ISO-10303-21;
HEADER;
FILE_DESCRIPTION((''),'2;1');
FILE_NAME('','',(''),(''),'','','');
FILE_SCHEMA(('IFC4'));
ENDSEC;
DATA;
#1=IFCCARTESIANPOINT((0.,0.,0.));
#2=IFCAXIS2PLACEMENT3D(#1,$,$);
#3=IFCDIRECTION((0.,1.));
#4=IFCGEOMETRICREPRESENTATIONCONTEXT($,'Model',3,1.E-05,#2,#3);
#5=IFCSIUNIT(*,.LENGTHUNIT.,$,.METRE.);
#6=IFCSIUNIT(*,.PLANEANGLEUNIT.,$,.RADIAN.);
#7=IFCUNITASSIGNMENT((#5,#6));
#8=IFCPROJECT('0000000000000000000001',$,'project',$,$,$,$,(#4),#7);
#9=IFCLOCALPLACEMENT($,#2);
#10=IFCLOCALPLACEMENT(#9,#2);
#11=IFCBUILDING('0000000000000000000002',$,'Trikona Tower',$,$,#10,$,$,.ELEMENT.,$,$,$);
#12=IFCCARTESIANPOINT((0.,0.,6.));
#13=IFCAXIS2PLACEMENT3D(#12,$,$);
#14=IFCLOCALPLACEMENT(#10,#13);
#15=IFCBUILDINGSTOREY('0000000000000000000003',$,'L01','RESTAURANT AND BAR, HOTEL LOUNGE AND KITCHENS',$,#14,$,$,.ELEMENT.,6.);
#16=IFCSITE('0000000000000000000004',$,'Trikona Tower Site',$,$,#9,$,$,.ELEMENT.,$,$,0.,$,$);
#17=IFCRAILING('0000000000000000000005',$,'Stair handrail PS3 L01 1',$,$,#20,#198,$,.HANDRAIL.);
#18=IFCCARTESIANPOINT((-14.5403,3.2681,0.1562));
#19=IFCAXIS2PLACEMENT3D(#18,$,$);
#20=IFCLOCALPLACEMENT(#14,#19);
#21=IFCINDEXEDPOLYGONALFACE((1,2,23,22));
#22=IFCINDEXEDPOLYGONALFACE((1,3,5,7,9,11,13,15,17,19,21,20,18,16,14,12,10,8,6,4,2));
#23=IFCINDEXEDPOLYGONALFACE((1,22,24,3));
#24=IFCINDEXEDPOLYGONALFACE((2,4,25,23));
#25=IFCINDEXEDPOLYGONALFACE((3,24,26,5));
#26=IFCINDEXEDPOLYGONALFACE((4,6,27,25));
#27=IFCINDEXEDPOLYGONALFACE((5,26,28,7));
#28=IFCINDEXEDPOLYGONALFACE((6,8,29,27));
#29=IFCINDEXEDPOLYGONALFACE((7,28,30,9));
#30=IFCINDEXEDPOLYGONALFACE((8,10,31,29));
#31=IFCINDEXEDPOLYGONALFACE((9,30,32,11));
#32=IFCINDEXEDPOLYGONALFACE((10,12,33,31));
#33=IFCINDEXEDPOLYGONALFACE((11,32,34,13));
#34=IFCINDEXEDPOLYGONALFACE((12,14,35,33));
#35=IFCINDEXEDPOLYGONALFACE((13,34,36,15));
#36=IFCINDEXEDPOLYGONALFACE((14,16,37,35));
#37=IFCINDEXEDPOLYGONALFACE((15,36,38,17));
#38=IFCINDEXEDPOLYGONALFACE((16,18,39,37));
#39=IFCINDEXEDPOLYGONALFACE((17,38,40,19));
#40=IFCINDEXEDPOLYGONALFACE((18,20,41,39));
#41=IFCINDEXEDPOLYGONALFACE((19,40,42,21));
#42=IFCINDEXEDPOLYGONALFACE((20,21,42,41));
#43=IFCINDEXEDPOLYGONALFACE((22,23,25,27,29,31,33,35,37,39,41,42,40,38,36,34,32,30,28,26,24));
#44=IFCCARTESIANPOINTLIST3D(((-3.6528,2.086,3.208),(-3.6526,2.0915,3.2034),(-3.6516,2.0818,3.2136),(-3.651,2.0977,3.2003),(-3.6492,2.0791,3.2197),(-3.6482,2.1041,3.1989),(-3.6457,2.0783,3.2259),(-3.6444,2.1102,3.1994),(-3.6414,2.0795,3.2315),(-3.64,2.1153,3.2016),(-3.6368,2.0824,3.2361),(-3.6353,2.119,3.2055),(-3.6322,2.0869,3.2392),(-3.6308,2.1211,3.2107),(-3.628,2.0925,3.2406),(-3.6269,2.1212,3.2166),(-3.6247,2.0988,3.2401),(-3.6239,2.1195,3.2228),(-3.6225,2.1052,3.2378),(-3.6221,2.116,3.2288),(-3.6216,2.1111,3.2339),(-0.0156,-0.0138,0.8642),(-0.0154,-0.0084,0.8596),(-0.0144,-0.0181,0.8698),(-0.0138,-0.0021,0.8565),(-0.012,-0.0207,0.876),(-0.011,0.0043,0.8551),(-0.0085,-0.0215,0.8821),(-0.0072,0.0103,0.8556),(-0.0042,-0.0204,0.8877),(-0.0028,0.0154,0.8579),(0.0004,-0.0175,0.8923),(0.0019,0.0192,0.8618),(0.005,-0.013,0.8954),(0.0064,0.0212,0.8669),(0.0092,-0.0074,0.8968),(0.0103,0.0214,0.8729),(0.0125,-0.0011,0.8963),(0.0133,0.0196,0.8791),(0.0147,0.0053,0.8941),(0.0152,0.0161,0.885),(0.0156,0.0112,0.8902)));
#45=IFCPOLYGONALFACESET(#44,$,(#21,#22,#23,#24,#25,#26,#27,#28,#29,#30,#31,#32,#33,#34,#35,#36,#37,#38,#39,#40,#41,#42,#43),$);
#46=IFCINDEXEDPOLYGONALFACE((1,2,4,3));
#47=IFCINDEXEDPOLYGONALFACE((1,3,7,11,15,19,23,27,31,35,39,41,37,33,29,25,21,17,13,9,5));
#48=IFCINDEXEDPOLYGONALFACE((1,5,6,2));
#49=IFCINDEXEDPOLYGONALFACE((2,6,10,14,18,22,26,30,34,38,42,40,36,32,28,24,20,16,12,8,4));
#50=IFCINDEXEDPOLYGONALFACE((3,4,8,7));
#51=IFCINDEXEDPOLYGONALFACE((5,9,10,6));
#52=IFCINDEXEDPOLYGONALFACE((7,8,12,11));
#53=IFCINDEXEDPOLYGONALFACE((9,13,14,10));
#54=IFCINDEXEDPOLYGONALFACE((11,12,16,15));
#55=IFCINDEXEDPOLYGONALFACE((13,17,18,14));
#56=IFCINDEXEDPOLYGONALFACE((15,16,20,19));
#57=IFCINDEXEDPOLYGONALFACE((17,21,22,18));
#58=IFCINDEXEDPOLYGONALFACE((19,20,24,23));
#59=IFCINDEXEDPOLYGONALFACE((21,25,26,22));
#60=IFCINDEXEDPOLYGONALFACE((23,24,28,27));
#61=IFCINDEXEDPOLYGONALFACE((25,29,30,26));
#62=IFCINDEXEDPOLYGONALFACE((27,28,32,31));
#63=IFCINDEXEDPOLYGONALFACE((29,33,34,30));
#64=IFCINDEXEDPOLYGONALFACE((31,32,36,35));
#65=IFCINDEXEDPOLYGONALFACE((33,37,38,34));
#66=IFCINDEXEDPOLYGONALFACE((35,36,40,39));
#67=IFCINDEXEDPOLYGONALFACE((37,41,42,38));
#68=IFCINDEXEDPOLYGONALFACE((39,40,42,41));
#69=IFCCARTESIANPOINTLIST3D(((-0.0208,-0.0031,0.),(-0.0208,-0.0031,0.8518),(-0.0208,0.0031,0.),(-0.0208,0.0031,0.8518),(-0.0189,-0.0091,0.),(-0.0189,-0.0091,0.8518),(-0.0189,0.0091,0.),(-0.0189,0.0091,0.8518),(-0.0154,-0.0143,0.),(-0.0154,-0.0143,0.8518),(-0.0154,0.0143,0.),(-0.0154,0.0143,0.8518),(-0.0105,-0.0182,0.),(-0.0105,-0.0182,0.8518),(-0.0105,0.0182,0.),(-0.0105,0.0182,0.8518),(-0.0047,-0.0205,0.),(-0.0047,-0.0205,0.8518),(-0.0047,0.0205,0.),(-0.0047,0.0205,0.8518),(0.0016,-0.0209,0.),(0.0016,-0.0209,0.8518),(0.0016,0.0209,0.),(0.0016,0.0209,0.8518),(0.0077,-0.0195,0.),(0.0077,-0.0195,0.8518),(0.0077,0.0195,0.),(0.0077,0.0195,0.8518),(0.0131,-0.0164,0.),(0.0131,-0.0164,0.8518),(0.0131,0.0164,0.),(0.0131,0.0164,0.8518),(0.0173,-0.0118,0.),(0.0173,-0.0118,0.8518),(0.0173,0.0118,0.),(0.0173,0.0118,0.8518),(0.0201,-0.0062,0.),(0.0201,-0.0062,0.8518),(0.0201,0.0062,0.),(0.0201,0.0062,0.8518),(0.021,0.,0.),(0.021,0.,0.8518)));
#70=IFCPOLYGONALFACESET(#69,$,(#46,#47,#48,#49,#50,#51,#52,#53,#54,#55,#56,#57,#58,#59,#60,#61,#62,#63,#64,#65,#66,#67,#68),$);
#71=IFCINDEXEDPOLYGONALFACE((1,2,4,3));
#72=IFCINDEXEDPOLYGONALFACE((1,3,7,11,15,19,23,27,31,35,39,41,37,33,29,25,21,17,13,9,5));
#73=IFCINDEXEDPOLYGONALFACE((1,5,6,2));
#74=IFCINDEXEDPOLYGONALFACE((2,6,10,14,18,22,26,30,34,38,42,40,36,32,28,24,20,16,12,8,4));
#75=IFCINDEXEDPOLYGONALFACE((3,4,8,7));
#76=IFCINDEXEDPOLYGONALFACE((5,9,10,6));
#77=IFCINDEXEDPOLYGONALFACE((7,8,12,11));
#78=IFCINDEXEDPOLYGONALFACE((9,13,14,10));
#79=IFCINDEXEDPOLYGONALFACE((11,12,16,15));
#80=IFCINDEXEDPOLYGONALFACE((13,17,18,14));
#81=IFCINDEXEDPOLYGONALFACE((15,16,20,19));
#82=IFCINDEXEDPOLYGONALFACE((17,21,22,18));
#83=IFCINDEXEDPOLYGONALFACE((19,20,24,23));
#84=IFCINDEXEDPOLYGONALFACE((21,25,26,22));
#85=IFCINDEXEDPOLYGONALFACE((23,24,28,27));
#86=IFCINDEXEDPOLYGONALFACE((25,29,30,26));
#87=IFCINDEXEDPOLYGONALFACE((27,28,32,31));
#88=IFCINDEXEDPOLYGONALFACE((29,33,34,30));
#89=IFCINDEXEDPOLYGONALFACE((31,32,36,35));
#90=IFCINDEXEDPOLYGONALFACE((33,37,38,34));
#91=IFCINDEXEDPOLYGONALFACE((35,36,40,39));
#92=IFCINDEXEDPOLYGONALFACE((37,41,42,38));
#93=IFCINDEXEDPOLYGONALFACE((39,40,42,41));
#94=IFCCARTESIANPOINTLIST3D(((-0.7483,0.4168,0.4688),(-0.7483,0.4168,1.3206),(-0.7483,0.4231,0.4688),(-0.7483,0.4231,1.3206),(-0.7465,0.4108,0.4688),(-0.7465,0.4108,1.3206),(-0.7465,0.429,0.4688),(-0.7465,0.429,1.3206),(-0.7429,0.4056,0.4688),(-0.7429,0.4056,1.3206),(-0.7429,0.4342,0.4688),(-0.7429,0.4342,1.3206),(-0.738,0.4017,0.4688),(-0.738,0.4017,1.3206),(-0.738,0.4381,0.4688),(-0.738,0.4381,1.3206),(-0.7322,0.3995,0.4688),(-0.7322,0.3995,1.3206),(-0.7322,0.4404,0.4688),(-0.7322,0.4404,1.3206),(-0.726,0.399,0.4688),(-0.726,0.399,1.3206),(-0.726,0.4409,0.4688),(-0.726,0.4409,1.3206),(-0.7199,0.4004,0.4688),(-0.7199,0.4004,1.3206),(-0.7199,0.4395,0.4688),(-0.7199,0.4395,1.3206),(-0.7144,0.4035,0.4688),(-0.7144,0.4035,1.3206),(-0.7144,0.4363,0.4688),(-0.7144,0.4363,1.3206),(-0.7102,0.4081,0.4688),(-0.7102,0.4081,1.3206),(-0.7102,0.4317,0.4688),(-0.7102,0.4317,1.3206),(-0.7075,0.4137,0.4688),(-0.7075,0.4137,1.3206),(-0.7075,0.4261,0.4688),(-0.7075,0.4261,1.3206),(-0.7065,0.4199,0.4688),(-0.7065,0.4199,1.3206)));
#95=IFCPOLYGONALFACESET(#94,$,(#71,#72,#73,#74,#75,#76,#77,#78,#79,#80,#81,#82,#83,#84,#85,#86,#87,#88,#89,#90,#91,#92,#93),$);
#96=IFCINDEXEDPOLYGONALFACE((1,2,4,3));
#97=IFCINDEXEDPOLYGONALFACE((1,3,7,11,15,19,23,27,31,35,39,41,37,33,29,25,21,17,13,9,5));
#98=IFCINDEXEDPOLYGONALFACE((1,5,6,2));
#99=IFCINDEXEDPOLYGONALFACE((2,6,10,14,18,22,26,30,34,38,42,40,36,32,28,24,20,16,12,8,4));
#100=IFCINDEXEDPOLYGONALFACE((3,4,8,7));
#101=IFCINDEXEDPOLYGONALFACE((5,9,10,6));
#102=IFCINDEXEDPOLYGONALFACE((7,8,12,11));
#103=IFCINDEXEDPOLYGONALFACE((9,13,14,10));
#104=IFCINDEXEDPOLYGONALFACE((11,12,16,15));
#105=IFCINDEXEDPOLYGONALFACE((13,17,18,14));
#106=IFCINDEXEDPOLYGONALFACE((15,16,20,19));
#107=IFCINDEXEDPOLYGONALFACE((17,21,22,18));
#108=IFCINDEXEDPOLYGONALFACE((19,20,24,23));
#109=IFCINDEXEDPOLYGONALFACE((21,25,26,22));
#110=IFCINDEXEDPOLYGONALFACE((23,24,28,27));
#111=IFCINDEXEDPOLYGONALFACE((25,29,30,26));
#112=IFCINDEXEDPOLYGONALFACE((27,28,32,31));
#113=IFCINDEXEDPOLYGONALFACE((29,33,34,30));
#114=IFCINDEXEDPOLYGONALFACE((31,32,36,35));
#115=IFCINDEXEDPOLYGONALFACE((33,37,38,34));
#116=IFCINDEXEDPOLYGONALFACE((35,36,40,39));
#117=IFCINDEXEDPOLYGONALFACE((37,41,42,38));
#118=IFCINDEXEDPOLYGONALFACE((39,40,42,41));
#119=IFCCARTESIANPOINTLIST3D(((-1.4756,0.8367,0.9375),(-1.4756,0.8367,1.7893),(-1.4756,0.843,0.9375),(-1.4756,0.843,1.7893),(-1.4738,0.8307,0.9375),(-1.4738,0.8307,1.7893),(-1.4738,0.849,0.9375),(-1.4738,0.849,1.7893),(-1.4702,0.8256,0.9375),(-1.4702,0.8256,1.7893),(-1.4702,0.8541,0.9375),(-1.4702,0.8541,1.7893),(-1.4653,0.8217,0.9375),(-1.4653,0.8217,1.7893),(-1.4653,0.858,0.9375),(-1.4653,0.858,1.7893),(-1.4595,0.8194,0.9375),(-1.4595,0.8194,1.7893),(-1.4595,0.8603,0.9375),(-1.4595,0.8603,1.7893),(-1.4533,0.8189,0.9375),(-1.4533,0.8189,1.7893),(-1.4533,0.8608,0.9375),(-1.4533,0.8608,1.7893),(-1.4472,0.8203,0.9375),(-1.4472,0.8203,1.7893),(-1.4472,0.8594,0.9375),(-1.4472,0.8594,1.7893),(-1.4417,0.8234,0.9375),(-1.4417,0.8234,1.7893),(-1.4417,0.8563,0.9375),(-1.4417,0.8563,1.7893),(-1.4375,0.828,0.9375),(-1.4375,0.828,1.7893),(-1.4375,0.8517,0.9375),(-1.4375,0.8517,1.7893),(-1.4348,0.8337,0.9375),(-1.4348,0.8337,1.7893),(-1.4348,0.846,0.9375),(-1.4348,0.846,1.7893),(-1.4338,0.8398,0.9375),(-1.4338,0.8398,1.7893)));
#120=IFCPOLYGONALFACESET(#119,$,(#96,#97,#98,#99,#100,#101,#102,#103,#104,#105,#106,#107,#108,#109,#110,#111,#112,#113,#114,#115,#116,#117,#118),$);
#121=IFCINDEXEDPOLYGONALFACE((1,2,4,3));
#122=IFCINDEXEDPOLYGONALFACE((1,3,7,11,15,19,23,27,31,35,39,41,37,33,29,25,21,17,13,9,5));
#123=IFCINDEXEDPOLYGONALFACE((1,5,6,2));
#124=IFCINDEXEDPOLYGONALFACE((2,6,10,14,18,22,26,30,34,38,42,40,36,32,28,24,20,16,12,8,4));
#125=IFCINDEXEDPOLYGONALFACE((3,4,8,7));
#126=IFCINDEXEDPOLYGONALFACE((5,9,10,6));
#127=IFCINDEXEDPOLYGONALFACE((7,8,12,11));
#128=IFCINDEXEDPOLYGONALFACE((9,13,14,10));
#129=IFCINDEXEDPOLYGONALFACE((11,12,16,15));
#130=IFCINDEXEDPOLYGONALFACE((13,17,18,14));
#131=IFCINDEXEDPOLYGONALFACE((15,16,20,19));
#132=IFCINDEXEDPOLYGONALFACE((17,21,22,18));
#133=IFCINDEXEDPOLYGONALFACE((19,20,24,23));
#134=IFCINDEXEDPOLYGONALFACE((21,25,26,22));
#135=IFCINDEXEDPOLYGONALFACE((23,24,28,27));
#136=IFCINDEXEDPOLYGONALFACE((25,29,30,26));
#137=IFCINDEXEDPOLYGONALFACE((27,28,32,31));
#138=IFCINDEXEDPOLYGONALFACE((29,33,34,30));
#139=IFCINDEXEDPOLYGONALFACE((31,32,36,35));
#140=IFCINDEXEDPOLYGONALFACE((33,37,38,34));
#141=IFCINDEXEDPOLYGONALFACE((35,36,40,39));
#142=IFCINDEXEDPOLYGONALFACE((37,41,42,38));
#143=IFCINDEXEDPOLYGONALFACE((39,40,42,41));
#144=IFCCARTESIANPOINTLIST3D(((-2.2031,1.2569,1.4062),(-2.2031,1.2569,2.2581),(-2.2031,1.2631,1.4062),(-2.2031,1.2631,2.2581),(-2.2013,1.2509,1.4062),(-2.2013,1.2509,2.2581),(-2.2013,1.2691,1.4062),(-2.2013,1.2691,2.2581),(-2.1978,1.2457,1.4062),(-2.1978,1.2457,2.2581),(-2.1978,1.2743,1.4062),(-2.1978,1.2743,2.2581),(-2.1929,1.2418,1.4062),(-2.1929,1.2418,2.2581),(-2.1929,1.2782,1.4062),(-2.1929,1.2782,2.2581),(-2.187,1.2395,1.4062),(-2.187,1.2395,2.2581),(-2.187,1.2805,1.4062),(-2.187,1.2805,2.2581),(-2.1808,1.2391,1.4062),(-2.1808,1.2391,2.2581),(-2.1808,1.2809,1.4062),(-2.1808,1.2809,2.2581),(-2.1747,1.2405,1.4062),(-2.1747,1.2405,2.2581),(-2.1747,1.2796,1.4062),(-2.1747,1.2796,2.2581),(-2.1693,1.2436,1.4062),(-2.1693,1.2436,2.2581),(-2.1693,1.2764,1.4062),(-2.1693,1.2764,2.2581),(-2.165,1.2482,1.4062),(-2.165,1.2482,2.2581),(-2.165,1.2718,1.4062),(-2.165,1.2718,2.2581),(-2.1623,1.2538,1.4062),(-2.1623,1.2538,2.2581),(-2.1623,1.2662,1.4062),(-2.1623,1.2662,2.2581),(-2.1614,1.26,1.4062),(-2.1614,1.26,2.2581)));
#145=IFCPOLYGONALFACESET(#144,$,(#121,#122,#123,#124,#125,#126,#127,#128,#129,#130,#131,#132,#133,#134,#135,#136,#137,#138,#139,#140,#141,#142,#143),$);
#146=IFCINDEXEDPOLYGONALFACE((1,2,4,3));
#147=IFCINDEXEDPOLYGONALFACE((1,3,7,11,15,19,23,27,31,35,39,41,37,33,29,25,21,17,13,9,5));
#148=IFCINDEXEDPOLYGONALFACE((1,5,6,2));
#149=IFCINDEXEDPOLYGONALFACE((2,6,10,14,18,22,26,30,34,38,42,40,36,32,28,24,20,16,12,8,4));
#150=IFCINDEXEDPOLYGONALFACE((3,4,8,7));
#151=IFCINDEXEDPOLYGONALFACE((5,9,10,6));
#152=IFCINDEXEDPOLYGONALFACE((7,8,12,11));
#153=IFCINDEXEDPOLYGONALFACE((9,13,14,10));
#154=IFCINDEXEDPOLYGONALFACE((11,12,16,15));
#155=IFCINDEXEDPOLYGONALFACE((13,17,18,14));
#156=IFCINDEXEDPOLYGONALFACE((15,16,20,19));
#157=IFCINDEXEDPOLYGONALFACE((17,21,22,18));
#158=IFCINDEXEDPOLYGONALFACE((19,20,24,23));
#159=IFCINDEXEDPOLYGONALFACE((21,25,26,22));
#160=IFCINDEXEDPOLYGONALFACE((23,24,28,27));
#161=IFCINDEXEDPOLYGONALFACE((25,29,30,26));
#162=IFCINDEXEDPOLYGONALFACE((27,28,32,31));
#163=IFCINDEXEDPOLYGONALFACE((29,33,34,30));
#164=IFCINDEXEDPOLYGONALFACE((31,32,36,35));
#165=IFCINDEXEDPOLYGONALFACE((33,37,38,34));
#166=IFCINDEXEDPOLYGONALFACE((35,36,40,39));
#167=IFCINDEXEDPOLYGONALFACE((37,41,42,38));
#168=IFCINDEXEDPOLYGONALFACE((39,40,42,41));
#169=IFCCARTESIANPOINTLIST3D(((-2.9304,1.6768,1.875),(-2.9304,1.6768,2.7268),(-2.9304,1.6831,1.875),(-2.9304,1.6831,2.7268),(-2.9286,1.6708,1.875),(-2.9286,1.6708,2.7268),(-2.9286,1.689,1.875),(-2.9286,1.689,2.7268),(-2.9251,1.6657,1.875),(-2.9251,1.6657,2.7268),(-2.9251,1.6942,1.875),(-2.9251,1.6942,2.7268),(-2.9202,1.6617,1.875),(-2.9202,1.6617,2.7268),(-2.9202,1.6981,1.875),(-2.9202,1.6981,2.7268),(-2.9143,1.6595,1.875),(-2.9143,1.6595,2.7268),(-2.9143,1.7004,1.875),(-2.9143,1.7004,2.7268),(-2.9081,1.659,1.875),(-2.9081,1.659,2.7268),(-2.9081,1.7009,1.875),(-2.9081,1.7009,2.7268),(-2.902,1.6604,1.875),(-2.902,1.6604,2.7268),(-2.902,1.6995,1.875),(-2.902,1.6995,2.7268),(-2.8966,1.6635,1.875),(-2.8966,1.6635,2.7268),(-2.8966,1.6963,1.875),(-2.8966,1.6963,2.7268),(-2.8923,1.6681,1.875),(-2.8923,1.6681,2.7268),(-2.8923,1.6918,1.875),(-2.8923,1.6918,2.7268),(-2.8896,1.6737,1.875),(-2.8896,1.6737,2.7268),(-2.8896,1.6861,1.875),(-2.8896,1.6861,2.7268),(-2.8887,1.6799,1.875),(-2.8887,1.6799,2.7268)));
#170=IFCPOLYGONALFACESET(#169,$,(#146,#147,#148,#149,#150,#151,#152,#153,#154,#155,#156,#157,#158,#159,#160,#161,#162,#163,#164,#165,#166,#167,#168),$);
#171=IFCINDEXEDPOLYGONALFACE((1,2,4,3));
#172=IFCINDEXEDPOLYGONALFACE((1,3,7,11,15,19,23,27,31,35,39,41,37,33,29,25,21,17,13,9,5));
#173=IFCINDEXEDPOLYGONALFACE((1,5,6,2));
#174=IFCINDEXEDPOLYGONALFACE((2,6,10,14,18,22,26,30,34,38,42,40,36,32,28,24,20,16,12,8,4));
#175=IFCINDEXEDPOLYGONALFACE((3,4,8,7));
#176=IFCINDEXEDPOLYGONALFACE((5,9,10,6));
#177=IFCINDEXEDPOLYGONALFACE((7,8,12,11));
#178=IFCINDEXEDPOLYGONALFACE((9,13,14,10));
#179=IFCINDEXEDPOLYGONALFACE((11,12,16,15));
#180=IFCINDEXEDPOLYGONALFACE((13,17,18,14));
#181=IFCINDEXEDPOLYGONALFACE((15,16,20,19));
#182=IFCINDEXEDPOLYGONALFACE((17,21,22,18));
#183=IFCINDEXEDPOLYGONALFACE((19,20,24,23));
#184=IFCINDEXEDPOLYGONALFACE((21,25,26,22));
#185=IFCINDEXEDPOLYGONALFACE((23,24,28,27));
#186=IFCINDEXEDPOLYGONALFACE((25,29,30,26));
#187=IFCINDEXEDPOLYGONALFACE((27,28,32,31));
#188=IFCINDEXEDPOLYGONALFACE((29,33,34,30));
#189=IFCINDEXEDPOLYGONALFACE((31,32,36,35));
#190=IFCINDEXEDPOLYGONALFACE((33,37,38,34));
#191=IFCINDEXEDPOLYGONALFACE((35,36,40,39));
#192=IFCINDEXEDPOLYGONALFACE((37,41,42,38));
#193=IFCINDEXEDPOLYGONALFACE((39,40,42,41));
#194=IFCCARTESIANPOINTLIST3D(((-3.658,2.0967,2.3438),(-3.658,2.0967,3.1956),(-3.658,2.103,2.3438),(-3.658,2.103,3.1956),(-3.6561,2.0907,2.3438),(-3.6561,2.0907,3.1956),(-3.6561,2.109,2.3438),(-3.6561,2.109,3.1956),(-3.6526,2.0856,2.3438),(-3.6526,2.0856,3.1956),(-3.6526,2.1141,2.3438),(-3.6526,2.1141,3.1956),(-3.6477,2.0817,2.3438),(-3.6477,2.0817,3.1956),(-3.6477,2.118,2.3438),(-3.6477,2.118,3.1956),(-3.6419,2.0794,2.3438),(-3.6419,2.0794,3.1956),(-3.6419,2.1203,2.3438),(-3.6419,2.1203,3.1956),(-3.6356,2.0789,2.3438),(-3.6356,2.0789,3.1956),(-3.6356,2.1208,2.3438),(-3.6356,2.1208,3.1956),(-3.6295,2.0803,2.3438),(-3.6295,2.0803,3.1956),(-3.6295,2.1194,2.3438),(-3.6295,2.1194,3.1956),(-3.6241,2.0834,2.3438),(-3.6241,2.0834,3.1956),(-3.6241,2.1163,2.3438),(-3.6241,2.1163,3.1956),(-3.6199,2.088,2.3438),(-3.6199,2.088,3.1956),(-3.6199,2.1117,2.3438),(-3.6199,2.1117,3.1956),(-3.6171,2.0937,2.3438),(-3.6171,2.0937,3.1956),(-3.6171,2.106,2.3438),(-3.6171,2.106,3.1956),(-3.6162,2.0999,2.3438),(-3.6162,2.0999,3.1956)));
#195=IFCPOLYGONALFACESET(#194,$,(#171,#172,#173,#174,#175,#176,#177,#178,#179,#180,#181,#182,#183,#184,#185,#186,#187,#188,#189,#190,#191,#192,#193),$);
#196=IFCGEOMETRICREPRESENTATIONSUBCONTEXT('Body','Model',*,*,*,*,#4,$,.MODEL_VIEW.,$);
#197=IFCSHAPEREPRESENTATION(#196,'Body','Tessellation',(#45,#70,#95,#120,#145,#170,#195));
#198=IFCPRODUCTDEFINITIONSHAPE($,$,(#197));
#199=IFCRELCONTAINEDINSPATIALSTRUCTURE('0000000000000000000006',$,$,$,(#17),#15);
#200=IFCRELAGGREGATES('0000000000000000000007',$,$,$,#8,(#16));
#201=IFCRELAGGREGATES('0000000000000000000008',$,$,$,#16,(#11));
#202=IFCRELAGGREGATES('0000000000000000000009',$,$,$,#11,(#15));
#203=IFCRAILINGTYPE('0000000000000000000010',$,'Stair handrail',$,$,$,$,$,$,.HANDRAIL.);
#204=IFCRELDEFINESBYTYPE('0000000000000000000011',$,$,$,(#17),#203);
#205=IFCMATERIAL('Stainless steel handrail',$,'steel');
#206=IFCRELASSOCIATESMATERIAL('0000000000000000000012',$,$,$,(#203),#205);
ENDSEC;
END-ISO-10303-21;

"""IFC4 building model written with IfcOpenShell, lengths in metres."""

from ifc_helpers import new_model, si_unit, direction, frame, origin, origin_2d, place, context, subcontext, project, spatial, circle, extrude, material, type_object, element, save


model = new_model("IFC4")

# Units and contexts
model_context = context("Model", 3, precision=1e-05, world=origin(), true_north=direction((0.0, 1.0)))
body_context = subcontext(model_context, "Body", "Model", "MODEL_VIEW")
ifc_project = project(units=[si_unit("LENGTHUNIT", "METRE"), si_unit("PLANEANGLEUNIT", "RADIAN")], contexts=[model_context])

# Site, building, storey
site_placement = place(None, origin())
site = spatial("IfcSite", under=ifc_project, at=site_placement, Name="Trikona Tower Site", CompositionType="ELEMENT", RefElevation=0.0)
building_placement = place(site_placement, origin())
building = spatial("IfcBuilding", under=site, at=building_placement, Name="Trikona Tower", CompositionType="ELEMENT")
storey_placement = place(building_placement, frame((0.0, 0.0, 6.0)))
storey = spatial("IfcBuildingStorey", under=building, at=storey_placement, Name="L01", Description="RESTAURANT AND BAR, HOTEL LOUNGE AND KITCHENS", CompositionType="ELEMENT", Elevation=6.0)

# Railing
ifc_material_1 = material(Name="Stainless steel handrail", Category="steel")
railing_type = type_object("IfcRailingType", Name="Stair handrail", PredefinedType="HANDRAIL", material=ifc_material_1)
railing_placement = place(storey_placement, frame((-14.5403, 3.2681, 0.1562)))
element("IfcRailing", 1, at=railing_placement, inside=storey, type_object=railing_type, Name="Stair handrail PS3 L01 1", PredefinedType="HANDRAIL", context=body_context, shape_type="SweptSolid", body=[
    extrude(circle(Radius=0.0239, at=origin_2d()), frame((0.0, 0.0, 0.876), z_axis=(-0.756246, 0.4366, 0.487311), x_axis=(-0.499984, -0.866035, 0.0)), (0.0, 0.0, 1.0), 4.8096),
    extrude(circle(Radius=0.021, at=origin_2d()), origin(), (0.0, 0.0, 1.0), 0.8518),
    extrude(circle(Radius=0.021, at=origin_2d()), frame((-0.7275, 0.4199, 0.4688)), (0.0, 0.0, 1.0), 0.8518),
    extrude(circle(Radius=0.021, at=origin_2d()), frame((-1.4548, 0.8398, 0.9375)), (0.0, 0.0, 1.0), 0.8518),
    extrude(circle(Radius=0.021, at=origin_2d()), frame((-2.1824, 1.26, 1.4062)), (0.0, 0.0, 1.0), 0.8518),
    extrude(circle(Radius=0.021, at=origin_2d()), frame((-2.9097, 1.6799, 1.875)), (0.0, 0.0, 1.0), 0.8518),
    extrude(circle(Radius=0.021, at=origin_2d()), frame((-3.6372, 2.0999, 2.3438)), (0.0, 0.0, 1.0), 0.8518),
])

save(model, "model.ifc")
